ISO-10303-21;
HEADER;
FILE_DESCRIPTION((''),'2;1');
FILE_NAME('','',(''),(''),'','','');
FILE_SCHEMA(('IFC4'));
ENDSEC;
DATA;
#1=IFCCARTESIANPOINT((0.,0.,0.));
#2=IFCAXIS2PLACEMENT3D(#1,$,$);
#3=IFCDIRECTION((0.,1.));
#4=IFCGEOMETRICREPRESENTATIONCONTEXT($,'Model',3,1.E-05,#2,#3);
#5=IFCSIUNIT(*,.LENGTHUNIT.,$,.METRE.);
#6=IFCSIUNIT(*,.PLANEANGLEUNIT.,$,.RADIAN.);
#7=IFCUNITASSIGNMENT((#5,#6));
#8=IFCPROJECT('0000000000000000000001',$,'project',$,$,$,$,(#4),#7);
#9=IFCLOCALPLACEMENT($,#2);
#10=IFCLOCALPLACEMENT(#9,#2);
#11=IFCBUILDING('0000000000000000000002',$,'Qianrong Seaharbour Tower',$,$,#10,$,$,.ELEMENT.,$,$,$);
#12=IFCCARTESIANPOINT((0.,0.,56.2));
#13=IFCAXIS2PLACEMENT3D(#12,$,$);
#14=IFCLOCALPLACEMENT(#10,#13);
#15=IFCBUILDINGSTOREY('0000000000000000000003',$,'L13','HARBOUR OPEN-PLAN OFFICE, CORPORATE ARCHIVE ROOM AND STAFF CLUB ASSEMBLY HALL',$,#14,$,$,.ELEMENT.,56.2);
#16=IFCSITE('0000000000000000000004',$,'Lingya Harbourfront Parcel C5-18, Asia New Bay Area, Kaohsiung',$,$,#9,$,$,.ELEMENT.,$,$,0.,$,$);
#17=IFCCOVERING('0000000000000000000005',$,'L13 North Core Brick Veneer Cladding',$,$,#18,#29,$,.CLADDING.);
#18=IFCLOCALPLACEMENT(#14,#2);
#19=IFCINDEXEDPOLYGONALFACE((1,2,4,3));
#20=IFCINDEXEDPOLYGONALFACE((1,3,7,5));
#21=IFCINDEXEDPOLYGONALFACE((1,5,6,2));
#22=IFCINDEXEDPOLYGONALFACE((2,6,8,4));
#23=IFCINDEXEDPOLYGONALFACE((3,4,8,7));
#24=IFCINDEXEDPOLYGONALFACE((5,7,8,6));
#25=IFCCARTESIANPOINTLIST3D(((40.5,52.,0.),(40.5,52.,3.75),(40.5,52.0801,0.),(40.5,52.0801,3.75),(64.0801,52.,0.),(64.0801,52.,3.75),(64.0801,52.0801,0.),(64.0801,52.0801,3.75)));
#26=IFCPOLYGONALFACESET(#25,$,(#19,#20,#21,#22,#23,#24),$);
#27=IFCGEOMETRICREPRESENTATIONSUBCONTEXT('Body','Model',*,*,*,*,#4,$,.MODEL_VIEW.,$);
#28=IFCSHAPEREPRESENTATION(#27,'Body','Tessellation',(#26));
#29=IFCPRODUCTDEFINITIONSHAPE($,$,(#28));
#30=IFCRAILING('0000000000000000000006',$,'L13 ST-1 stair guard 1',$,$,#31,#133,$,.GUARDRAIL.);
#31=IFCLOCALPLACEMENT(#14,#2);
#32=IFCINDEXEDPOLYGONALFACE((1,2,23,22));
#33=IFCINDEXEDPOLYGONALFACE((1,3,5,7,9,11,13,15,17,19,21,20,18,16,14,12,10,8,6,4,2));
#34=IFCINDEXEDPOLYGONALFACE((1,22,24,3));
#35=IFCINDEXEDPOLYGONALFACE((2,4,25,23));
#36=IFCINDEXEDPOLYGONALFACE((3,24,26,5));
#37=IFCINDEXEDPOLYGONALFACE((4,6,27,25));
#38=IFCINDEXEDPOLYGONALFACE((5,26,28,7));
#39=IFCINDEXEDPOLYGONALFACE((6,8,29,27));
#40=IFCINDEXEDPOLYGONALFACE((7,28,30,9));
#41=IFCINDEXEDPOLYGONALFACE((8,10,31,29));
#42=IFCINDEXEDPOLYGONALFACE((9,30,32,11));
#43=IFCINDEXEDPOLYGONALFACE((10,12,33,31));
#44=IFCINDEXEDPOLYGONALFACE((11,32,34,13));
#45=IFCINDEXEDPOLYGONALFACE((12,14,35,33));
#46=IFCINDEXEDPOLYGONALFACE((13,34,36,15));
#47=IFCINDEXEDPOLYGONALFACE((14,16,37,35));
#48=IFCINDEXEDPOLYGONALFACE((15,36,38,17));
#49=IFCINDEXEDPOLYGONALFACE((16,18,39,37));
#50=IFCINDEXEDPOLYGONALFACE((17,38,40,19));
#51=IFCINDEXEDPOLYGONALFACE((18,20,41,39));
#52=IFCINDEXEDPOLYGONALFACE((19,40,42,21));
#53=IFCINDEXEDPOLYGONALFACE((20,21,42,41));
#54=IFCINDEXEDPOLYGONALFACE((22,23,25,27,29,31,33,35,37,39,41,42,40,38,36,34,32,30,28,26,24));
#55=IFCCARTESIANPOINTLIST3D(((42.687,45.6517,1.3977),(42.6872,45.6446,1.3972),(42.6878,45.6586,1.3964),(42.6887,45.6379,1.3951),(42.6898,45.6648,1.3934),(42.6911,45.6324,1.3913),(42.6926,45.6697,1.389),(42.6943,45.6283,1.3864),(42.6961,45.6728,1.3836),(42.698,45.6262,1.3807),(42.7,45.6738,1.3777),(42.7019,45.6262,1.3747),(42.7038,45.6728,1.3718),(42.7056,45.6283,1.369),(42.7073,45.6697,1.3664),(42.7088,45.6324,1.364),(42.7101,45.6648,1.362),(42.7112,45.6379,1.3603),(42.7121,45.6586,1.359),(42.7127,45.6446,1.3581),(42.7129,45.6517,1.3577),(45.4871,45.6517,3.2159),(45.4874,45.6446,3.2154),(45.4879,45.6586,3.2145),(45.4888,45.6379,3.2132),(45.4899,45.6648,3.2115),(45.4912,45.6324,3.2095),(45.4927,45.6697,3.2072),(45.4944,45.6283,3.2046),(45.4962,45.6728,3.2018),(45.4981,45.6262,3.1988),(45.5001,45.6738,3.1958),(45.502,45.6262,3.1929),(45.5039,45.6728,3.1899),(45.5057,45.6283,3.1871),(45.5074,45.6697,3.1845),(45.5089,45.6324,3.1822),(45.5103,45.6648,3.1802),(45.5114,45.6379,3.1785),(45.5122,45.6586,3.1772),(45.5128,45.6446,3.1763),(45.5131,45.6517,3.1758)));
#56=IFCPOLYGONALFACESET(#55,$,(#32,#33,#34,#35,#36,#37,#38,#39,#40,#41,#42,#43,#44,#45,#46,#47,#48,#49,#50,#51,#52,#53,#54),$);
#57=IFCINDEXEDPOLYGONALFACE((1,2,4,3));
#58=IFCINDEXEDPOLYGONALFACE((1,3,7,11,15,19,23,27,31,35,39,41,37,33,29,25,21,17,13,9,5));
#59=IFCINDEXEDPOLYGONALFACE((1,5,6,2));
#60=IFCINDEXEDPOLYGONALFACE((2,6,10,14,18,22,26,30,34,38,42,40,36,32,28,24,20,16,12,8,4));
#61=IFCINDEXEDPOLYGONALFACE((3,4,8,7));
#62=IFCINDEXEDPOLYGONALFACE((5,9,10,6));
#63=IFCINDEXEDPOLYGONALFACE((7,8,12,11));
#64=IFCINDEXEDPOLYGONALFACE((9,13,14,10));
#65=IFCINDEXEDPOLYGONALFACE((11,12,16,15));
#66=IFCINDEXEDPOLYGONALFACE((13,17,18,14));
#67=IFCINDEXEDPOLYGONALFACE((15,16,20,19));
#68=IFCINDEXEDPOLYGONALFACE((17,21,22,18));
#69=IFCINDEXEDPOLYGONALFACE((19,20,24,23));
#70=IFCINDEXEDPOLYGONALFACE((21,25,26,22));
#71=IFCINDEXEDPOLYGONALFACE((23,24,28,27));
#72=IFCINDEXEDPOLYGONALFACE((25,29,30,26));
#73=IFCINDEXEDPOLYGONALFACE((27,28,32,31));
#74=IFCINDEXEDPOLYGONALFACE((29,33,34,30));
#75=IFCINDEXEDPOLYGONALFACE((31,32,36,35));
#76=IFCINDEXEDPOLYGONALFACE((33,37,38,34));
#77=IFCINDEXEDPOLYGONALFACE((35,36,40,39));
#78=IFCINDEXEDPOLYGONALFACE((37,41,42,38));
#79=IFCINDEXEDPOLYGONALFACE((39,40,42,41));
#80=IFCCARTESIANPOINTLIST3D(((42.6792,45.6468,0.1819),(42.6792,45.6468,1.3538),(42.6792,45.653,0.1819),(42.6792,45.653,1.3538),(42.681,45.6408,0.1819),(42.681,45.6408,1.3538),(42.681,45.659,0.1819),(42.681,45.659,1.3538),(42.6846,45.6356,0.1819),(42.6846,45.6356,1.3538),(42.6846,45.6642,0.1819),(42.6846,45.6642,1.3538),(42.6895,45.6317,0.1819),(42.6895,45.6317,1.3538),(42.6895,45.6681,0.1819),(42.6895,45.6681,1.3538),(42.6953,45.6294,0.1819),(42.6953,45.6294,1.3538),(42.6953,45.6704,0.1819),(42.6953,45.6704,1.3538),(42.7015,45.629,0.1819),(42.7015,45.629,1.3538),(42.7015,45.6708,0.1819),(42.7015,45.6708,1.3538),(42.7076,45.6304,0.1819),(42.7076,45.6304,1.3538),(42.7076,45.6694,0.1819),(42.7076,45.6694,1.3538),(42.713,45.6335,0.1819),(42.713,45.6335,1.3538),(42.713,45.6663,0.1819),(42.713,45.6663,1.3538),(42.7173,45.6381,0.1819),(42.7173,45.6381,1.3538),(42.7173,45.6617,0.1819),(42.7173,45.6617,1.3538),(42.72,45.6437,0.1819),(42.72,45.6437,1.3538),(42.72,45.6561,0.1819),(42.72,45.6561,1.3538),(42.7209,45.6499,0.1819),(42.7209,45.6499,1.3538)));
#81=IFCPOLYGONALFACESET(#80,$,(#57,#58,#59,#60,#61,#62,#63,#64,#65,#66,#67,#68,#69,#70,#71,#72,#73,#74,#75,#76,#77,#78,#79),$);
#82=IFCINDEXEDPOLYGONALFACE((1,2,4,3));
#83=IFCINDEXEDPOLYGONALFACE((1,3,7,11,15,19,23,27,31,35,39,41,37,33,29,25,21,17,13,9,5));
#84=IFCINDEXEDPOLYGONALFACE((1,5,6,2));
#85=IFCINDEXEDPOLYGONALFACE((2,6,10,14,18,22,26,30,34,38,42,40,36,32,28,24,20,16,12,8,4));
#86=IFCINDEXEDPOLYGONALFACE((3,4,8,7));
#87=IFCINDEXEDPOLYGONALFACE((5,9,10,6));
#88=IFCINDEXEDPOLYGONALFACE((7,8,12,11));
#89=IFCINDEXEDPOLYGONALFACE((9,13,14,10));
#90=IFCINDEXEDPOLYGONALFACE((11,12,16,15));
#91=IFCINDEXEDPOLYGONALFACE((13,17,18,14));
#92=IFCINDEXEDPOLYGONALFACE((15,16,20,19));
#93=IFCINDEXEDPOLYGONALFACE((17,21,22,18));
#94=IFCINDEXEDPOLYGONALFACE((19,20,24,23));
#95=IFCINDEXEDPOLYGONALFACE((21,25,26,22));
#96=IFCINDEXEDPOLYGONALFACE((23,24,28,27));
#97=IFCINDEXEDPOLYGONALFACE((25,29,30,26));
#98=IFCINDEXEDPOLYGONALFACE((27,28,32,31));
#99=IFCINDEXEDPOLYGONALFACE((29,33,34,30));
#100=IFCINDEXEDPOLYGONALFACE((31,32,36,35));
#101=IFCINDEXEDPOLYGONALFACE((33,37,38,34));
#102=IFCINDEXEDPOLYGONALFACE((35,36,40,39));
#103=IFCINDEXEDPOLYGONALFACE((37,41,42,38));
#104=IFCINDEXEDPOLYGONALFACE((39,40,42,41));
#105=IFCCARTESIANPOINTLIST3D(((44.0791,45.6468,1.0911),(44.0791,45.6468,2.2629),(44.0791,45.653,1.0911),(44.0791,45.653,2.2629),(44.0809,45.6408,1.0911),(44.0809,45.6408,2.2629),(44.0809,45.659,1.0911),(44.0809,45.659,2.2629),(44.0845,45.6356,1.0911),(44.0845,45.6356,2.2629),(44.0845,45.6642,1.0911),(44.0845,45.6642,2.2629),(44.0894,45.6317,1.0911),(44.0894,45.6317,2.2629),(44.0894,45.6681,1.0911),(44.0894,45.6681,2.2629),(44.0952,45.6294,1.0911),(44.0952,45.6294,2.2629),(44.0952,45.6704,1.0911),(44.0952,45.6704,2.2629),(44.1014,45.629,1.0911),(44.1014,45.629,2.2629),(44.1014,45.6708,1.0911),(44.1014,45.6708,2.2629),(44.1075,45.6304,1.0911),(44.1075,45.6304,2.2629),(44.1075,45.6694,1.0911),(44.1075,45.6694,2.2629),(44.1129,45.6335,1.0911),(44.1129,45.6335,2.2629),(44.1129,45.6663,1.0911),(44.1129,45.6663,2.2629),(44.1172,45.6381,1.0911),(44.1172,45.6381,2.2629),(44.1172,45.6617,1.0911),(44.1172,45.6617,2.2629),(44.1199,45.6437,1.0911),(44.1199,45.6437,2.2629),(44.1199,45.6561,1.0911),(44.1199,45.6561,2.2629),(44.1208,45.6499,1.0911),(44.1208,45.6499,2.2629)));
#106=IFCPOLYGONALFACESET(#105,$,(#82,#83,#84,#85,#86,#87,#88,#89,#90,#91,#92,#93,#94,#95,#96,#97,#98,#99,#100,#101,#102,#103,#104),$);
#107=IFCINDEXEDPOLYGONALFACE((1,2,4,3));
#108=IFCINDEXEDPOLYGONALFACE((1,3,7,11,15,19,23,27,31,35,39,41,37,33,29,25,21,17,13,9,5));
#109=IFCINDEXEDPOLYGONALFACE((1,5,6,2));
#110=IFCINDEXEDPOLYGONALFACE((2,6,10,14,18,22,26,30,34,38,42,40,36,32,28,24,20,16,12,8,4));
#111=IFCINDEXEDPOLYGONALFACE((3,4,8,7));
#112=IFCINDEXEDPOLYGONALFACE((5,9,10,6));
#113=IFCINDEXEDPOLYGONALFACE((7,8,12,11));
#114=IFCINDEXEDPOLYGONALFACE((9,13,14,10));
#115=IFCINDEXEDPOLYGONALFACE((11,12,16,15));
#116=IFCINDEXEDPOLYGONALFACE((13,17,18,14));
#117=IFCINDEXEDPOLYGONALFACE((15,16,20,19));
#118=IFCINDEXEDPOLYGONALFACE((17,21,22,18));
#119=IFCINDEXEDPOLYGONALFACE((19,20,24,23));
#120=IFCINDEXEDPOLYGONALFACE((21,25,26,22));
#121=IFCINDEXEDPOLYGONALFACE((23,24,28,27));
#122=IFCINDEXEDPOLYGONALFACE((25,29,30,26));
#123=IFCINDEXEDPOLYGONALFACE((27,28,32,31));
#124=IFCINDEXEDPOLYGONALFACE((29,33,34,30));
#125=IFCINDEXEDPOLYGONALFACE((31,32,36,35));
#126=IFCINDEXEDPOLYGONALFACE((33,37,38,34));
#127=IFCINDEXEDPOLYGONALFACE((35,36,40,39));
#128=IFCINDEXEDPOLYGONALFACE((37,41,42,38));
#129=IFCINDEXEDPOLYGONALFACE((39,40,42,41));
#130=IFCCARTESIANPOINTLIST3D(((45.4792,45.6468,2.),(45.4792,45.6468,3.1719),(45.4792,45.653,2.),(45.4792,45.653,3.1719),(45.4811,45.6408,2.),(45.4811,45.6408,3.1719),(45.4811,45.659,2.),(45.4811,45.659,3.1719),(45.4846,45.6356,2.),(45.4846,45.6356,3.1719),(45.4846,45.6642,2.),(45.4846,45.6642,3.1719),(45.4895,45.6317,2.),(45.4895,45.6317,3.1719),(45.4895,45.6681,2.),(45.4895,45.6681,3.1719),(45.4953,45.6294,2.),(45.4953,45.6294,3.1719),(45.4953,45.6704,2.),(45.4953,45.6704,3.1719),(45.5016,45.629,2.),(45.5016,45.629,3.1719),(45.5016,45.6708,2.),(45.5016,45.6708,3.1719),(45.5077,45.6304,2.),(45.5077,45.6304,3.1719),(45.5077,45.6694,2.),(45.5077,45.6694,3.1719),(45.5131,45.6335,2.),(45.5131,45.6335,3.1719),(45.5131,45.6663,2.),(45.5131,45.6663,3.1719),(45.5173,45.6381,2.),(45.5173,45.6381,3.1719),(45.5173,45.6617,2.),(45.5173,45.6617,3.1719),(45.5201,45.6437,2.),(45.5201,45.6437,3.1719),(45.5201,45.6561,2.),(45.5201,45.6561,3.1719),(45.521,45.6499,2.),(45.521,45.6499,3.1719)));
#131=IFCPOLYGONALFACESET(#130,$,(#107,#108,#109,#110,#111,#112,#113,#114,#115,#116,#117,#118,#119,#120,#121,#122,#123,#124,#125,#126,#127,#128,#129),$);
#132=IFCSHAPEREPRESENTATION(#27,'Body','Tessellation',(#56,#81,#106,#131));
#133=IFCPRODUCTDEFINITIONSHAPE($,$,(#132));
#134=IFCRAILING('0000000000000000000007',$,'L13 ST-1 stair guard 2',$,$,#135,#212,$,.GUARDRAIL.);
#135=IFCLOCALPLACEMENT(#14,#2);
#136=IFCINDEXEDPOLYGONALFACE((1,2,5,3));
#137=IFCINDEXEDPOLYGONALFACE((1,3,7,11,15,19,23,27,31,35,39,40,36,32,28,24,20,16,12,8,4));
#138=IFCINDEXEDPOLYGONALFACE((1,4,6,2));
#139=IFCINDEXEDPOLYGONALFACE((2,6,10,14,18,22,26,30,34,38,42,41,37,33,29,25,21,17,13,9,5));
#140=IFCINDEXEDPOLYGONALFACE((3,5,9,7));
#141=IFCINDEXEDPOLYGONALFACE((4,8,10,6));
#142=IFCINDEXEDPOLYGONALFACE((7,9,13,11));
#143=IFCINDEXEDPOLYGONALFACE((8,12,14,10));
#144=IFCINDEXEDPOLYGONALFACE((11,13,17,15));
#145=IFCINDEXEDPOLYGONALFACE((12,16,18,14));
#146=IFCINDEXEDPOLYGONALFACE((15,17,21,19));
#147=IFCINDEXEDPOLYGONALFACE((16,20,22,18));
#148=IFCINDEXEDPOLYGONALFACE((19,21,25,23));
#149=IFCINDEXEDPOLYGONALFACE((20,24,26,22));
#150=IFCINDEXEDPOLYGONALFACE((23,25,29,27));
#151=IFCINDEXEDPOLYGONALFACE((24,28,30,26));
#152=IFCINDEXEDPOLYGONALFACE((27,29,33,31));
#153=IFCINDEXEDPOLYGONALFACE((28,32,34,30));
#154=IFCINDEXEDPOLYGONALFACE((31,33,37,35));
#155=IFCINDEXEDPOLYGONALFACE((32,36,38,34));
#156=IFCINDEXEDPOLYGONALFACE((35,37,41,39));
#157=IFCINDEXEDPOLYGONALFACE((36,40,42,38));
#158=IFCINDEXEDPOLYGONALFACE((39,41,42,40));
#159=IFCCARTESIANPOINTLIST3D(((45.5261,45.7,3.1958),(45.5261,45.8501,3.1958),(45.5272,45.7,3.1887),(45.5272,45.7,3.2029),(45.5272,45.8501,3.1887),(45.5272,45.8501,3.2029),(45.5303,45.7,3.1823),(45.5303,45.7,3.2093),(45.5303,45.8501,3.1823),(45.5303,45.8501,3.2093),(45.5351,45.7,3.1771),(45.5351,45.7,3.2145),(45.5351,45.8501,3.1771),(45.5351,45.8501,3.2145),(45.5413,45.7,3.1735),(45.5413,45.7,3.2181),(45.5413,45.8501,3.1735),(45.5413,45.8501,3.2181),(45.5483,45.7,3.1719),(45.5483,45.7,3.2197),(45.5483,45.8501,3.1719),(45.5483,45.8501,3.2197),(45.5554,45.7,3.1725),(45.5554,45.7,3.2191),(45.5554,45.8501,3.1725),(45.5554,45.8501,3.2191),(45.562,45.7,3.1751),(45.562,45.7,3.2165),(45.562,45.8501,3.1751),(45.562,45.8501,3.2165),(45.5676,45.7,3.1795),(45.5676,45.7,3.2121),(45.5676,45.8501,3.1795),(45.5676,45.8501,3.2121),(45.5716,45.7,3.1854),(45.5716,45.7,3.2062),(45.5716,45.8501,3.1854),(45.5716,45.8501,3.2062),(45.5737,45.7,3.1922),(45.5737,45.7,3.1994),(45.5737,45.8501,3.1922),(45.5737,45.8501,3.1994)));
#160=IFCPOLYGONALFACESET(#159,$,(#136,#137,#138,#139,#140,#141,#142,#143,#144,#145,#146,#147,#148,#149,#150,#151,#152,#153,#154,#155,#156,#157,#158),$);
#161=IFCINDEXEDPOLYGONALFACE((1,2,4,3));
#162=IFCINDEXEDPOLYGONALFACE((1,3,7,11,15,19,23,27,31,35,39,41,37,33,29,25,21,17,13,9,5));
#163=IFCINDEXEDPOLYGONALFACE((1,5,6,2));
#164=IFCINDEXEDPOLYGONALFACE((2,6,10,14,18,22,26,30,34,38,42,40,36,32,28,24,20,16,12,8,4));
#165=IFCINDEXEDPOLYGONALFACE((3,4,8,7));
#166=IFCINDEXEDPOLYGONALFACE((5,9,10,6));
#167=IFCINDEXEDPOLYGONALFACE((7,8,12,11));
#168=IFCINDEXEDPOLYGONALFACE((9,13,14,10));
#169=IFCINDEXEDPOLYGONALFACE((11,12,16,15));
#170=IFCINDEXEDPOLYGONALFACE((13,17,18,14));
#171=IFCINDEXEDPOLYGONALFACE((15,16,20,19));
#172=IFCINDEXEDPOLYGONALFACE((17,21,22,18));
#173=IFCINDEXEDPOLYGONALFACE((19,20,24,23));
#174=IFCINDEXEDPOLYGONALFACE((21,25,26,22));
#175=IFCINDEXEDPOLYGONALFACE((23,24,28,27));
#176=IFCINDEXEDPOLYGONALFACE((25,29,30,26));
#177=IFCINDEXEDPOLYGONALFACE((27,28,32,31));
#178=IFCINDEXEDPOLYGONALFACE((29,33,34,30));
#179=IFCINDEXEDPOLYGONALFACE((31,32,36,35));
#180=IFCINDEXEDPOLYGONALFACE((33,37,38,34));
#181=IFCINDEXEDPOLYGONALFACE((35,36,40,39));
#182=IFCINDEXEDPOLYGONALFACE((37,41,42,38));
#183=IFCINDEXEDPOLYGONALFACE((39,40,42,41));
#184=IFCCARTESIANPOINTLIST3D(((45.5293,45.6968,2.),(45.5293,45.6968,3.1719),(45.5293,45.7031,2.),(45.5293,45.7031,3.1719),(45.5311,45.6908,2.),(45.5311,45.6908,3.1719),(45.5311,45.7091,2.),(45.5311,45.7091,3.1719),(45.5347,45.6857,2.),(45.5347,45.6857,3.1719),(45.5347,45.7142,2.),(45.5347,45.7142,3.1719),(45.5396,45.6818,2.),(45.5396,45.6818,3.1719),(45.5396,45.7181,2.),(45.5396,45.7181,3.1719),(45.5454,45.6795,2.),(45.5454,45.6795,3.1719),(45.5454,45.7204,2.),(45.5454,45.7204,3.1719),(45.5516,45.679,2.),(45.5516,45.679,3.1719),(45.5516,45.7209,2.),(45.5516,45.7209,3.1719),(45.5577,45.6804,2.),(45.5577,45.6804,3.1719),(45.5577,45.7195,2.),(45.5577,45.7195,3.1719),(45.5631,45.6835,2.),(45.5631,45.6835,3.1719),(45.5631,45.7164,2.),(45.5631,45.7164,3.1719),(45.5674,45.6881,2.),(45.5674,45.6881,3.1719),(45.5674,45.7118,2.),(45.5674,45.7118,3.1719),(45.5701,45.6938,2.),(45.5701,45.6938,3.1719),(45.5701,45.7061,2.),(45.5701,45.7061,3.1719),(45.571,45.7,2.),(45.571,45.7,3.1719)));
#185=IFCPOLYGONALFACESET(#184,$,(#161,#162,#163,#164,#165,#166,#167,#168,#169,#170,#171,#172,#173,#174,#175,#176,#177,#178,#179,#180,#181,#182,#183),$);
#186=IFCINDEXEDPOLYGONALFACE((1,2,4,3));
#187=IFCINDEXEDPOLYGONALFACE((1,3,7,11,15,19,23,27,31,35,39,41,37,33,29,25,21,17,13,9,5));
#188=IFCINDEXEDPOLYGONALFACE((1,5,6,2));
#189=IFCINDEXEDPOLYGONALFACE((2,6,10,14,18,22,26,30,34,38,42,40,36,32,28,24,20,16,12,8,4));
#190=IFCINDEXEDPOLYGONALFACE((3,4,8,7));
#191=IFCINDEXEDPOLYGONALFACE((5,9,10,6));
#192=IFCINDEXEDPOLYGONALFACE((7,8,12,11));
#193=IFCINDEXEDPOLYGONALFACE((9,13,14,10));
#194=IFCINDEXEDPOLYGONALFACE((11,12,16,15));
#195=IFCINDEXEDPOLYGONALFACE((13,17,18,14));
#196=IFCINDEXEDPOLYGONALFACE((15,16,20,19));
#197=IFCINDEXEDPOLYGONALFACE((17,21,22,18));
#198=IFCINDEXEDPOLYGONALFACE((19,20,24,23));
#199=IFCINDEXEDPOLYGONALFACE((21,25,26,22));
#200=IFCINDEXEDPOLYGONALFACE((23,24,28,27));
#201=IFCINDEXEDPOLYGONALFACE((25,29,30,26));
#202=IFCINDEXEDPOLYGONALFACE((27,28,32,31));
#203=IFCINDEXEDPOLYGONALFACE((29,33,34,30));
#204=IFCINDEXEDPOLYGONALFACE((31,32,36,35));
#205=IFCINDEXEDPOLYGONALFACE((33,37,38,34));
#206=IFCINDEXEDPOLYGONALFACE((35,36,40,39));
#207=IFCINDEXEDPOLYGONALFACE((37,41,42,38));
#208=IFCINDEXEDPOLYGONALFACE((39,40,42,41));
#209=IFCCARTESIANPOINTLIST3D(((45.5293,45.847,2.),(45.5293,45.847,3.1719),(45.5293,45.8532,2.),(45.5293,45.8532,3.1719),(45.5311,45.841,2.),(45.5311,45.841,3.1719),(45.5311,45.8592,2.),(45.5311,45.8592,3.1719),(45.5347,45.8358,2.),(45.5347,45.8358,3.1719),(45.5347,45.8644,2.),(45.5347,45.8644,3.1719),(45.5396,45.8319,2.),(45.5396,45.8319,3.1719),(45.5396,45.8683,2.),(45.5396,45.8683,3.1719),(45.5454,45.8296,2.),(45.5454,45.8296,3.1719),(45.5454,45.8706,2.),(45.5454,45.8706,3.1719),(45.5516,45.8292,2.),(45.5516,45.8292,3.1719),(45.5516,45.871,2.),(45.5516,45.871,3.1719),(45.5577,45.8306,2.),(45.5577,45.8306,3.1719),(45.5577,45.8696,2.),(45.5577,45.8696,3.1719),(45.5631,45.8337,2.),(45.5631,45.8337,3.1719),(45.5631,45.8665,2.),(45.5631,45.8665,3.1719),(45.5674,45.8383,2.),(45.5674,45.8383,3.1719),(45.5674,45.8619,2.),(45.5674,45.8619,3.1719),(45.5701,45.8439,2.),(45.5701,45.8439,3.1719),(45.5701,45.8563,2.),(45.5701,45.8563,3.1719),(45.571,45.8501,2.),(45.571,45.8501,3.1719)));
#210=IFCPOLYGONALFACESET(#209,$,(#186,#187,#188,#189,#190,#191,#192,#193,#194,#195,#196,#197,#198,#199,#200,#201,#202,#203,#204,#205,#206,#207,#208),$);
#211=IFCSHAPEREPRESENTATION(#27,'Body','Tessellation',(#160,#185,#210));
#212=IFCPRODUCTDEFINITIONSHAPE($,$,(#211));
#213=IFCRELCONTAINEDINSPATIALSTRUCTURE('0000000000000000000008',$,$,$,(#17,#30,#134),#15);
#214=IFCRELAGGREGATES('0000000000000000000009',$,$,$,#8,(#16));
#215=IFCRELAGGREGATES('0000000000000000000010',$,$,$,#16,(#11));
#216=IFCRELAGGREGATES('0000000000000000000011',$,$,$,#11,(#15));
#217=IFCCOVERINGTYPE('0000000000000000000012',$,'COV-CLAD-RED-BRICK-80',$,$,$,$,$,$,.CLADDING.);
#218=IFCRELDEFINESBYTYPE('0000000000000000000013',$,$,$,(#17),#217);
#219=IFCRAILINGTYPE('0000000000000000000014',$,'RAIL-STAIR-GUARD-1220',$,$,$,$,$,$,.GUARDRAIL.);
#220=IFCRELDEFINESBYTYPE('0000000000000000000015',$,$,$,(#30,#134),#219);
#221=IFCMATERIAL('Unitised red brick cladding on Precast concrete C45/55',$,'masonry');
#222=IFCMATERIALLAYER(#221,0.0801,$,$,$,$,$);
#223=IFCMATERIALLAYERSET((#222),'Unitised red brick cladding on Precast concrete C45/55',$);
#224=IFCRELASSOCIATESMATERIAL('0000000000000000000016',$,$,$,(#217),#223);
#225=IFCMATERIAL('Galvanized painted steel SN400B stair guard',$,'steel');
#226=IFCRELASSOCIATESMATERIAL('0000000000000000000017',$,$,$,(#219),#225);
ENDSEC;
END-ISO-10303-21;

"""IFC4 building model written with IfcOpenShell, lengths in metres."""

from ifc_helpers import new_model, si_unit, direction, frame, origin, origin_2d, place, context, subcontext, project, spatial, rectangle, circle, extrude, material, layer, layer_set, type_object, element, save


model = new_model("IFC4")

# Units and contexts
model_context = context("Model", 3, precision=1e-05, world=origin(), true_north=direction((0.0, 1.0)))
body_context = subcontext(model_context, "Body", "Model", "MODEL_VIEW")
ifc_project = project(units=[si_unit("LENGTHUNIT", "METRE"), si_unit("PLANEANGLEUNIT", "RADIAN")], contexts=[model_context])

# Site, building, storey
site_placement = place(None, origin())
site = spatial("IfcSite", under=ifc_project, at=site_placement, Name="Lingya Harbourfront Parcel C5-18, Asia New Bay Area, Kaohsiung", CompositionType="ELEMENT", RefElevation=0.0)
building_placement = place(site_placement, origin())
building = spatial("IfcBuilding", under=site, at=building_placement, Name="Qianrong Seaharbour Tower", CompositionType="ELEMENT")
storey_placement = place(building_placement, frame((0.0, 0.0, 56.2)))
storey = spatial("IfcBuildingStorey", under=building, at=storey_placement, Name="L13", Description="HARBOUR OPEN-PLAN OFFICE, CORPORATE ARCHIVE ROOM AND STAFF CLUB ASSEMBLY HALL", CompositionType="ELEMENT", Elevation=56.2)

# Covering
ifc_material_1 = material(Name="Unitised red brick cladding on Precast concrete C45/55", Category="masonry")
ifc_layer_1 = layer(ifc_material_1, 0.0801)
ifc_layer_set_1 = layer_set([ifc_layer_1], Name="Unitised red brick cladding on Precast concrete C45/55")
covering_type = type_object("IfcCoveringType", Name="COV-CLAD-RED-BRICK-80", PredefinedType="CLADDING", material=ifc_layer_set_1)
covering_placement = place(storey_placement, frame((52.29, 52.04, 0.0), z_axis=(0.0, 0.0, 1.0), x_axis=(1.0, 0.0, 0.0)))
element("IfcCovering", 1, at=covering_placement, inside=storey, type_object=covering_type, Name="L13 North Core Brick Veneer Cladding", PredefinedType="CLADDING", context=body_context, shape_type="SweptSolid", body=[
    extrude(rectangle(XDim=23.5801, YDim=0.0801, at=origin_2d()), origin(), (0.0, 0.0, 1.0), 3.75),
])

# Railings
ifc_material_2 = material(Name="Galvanized painted steel SN400B stair guard", Category="steel")
railing_type_1 = type_object("IfcRailingType", Name="RAIL-STAIR-GUARD-1220", PredefinedType="GUARDRAIL", material=ifc_material_2)
railing_1_placement = place(storey_placement, frame((42.7, 45.6499, 0.1819)))
element("IfcRailing", 2, at=railing_1_placement, inside=storey, type_object=railing_type_1, Name="L13 ST-1 stair guard 1", PredefinedType="GUARDRAIL", context=body_context, shape_type="SweptSolid", body=[
    extrude(circle(Radius=0.0239, at=origin_2d()), frame((0.0, 0.0, 1.1958), z_axis=(0.838706, 0.0, 0.544585), x_axis=(0.0, 1.0, 0.0)), (0.0, 0.0, 1.0), 3.3386),
    extrude(circle(Radius=0.021, at=origin_2d()), origin(), (0.0, 0.0, 1.0), 1.1719),
    extrude(circle(Radius=0.021, at=origin_2d()), frame((1.3999, 0.0, 0.9092)), (0.0, 0.0, 1.0), 1.1719),
    extrude(circle(Radius=0.021, at=origin_2d()), frame((2.8, 0.0, 1.8181)), (0.0, 0.0, 1.0), 1.1719),
])
railing_2_placement = place(storey_placement, frame((45.55, 45.7, 2.0)))
element("IfcRailing", 3, at=railing_2_placement, inside=storey, type_object=railing_type_1, Name="L13 ST-1 stair guard 2", PredefinedType="GUARDRAIL", context=body_context, shape_type="SweptSolid", body=[
    extrude(circle(Radius=0.0239, at=origin_2d()), frame((0.0, 0.0, 1.1958), z_axis=(0.0, 1.0, 0.0), x_axis=(-1.0, 0.0, 0.0)), (0.0, 0.0, 1.0), 0.1501),
    extrude(circle(Radius=0.021, at=origin_2d()), origin(), (0.0, 0.0, 1.0), 1.1719),
    extrude(circle(Radius=0.021, at=origin_2d()), frame((0.0, 0.1501, 0.0)), (0.0, 0.0, 1.0), 1.1719),
])

save(model, "model.ifc")
